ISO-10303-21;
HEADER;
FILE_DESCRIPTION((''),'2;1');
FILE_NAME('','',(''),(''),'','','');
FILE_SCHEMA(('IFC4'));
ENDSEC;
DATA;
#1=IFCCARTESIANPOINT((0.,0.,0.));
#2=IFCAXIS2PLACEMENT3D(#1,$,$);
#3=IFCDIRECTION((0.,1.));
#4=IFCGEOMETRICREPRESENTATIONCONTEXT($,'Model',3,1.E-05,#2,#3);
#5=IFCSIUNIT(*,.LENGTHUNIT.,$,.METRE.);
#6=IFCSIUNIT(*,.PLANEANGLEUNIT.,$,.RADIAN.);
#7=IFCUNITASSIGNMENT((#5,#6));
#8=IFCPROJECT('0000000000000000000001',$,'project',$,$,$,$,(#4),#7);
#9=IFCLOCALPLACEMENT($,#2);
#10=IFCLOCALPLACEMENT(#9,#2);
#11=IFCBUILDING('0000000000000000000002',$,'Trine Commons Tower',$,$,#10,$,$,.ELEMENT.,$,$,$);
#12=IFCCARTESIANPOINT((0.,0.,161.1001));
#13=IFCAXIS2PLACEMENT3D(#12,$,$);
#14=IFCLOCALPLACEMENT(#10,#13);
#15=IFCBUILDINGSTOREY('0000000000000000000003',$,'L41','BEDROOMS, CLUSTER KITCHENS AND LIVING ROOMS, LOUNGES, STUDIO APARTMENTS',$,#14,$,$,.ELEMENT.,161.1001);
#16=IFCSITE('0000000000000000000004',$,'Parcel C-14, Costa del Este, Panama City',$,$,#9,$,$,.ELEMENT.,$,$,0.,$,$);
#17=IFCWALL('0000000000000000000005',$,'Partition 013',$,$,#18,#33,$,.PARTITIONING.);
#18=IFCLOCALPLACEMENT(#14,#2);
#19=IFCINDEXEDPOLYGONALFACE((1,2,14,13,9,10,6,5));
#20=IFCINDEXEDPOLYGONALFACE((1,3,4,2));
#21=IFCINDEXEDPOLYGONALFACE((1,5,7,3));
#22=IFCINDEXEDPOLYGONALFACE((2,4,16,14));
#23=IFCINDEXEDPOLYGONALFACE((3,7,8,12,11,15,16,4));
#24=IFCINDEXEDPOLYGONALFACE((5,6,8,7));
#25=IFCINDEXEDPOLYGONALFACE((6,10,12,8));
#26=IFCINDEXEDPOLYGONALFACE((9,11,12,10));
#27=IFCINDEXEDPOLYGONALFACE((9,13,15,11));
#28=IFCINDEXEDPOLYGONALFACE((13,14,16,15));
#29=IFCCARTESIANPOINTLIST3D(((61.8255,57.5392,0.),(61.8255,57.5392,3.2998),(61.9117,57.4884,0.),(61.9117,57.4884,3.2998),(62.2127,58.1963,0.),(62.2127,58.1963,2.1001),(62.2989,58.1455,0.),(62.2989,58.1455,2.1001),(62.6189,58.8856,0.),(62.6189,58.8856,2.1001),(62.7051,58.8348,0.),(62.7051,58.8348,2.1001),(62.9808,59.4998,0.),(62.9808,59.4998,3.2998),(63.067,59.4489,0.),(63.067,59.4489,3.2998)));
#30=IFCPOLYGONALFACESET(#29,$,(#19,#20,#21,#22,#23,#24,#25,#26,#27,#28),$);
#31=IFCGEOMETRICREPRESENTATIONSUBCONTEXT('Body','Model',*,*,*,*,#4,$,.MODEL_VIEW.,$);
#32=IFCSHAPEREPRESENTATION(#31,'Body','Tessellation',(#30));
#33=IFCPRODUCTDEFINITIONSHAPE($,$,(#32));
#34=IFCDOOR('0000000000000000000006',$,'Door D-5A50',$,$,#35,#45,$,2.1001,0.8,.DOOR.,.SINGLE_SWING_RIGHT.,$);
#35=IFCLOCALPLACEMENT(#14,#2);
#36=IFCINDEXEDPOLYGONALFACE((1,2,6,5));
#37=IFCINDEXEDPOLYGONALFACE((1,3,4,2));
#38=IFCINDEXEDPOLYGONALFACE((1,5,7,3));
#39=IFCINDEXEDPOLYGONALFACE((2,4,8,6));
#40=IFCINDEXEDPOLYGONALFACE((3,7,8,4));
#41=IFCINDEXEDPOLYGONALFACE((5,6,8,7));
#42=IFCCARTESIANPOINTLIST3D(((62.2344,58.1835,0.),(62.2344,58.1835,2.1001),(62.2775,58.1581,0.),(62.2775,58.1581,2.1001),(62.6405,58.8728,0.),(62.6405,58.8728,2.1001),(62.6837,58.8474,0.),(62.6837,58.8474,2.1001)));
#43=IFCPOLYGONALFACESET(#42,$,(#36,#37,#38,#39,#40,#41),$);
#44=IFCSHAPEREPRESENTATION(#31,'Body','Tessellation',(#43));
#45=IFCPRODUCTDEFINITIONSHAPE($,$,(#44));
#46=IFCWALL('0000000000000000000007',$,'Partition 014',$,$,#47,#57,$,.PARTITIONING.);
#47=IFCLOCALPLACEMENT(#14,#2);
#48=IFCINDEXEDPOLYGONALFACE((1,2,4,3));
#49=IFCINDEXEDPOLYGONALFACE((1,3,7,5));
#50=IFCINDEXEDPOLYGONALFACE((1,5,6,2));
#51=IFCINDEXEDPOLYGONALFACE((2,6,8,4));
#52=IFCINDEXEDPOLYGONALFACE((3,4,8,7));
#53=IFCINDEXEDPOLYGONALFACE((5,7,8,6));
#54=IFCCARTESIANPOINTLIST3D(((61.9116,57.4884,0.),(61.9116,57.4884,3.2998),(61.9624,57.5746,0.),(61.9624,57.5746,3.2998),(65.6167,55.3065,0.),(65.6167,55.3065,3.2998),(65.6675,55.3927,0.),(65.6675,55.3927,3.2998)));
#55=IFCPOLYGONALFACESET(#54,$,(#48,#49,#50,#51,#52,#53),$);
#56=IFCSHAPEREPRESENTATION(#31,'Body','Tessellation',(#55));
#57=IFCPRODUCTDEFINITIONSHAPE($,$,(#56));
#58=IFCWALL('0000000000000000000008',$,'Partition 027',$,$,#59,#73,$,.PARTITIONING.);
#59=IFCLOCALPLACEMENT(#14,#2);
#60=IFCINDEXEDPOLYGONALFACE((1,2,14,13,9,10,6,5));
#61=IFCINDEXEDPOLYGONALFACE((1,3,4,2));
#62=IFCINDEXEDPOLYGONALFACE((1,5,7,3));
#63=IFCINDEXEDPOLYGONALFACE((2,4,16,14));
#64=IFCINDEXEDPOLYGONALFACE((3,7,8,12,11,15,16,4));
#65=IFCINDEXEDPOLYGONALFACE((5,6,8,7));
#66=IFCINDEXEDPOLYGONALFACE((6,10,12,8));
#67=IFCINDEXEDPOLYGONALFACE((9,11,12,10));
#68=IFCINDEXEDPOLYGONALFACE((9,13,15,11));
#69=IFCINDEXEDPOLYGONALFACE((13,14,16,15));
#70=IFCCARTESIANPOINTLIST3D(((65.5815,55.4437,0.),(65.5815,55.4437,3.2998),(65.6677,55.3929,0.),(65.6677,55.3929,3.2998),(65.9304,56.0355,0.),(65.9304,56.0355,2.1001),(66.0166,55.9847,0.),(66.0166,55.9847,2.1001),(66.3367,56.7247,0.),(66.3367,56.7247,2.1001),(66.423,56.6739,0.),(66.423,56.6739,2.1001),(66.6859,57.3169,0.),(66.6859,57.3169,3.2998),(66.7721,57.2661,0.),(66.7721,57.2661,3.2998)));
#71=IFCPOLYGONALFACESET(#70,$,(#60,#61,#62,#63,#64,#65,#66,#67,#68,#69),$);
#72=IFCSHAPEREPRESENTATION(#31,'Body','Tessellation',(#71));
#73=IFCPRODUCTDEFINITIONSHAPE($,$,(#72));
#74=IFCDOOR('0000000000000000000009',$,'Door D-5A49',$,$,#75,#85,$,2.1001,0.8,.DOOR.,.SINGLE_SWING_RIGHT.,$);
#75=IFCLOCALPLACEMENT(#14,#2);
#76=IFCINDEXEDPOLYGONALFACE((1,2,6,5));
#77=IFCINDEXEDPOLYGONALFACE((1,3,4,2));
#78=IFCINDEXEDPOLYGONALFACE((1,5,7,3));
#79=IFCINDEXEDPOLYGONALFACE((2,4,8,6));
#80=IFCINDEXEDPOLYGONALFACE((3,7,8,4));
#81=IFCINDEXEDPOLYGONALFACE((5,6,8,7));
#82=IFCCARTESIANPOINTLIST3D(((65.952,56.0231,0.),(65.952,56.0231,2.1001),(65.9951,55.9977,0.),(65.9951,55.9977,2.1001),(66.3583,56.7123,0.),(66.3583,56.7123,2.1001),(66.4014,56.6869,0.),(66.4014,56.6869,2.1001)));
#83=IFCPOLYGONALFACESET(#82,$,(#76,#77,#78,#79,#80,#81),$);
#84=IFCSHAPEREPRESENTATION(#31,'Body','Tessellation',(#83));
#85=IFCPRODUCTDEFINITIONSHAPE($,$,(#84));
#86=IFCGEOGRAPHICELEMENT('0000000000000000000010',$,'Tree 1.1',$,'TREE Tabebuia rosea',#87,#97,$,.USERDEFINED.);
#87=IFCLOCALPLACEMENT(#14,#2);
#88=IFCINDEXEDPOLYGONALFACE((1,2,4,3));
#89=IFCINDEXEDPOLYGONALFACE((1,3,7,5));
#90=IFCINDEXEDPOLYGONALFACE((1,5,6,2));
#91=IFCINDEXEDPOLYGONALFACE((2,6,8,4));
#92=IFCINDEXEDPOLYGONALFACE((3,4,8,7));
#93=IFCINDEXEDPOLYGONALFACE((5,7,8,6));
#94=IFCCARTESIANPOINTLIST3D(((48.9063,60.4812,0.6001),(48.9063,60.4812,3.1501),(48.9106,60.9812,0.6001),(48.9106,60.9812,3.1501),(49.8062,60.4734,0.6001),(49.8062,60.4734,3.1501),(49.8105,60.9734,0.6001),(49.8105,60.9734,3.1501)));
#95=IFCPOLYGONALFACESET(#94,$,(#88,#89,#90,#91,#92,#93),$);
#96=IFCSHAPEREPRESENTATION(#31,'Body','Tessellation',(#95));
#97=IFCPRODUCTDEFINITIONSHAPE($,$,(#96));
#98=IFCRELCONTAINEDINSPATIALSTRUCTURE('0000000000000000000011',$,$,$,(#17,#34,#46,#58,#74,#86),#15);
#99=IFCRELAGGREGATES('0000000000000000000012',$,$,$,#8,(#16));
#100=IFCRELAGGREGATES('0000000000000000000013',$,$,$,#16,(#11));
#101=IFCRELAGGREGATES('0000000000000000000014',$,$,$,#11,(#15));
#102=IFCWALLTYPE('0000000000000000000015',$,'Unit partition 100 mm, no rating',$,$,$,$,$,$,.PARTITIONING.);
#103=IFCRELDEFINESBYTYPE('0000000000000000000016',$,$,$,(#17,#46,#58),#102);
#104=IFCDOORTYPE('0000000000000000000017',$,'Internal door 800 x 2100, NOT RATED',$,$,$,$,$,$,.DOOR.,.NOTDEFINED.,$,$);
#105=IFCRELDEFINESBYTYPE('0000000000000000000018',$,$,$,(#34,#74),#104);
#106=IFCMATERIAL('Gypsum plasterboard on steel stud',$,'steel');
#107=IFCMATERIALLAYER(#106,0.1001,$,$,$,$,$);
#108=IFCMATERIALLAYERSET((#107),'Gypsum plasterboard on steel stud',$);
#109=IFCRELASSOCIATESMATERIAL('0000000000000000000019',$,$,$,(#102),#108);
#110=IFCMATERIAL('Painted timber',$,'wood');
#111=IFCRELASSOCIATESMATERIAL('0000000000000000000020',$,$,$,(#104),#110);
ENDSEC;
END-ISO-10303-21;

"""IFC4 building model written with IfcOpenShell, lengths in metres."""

from ifc_helpers import new_model, si_unit, direction, frame, frame_2d, origin, origin_2d, place, context, subcontext, project, spatial, rectangle, extrude, material, layer, layer_set, type_object, element, fill, save


model = new_model("IFC4")

# Units and contexts
model_context = context("Model", 3, precision=1e-05, world=origin(), true_north=direction((0.0, 1.0)))
body_context = subcontext(model_context, "Body", "Model", "MODEL_VIEW")
ifc_project = project(units=[si_unit("LENGTHUNIT", "METRE"), si_unit("PLANEANGLEUNIT", "RADIAN")], contexts=[model_context])

# Site, building, storey
site_placement = place(None, origin())
site = spatial("IfcSite", under=ifc_project, at=site_placement, Name="Parcel C-14, Costa del Este, Panama City", CompositionType="ELEMENT", RefElevation=0.0)
building_placement = place(site_placement, origin())
building = spatial("IfcBuilding", under=site, at=building_placement, Name="Trine Commons Tower", CompositionType="ELEMENT")
storey_placement = place(building_placement, frame((0.0, 0.0, 161.1001)))
storey = spatial("IfcBuildingStorey", under=building, at=storey_placement, Name="L41", Description="BEDROOMS, CLUSTER KITCHENS AND LIVING ROOMS, LOUNGES, STUDIO APARTMENTS", CompositionType="ELEMENT", Elevation=161.1001)

# Shared definitions
ifc_material_1 = material(Name="Gypsum plasterboard on steel stud", Category="steel")

# Shared definitions
ifc_material_2 = material(Name="Painted timber", Category="wood")

# Wall, opening, door
ifc_layer_1 = layer(ifc_material_1, 0.1001)
ifc_layer_set_1 = layer_set([ifc_layer_1], Name="Gypsum plasterboard on steel stud")
wall_type_1 = type_object("IfcWallType", Name="Unit partition 100 mm, no rating", PredefinedType="PARTITIONING", material=ifc_layer_set_1)
wall_1_placement = place(storey_placement, frame((61.8687, 57.5139, 0.0), z_axis=(0.0, 0.0, 1.0), x_axis=(0.507695, 0.861537, 0.0)))
wall_1 = element("IfcWall", 1, at=wall_1_placement, inside=storey, type_object=wall_type_1, Name="Partition 013", PredefinedType="PARTITIONING", context=body_context, shape_type="SweptSolid", body=[
    extrude(rectangle(XDim=2.2756, YDim=0.1001, at=frame_2d((1.1377, 0.0))), origin(), (0.0, 0.0, 1.0), 3.2998),
])
opening_1_placement = place(wall_1_placement, frame((0.7627, 0.0, 0.0)))
opening_1 = element("IfcOpeningElement", 2, at=opening_1_placement, cuts=wall_1, PredefinedType="OPENING", context=body_context, shape_type="SweptSolid", body=[
    extrude(rectangle(XDim=0.8, YDim=2.1001, at=frame_2d((0.3999, 1.05))), frame((0.0, 0.0601, 0.0), z_axis=(0.0, -1.0, 0.0), x_axis=(1.0, 0.0, 0.0)), (0.0, 0.0, 1.0), 0.1201),
])
door_type_1 = type_object("IfcDoorType", Name="Internal door 800 x 2100, NOT RATED", OperationType="NOTDEFINED", PredefinedType="DOOR", material=ifc_material_2)
door_1_placement = place(opening_1_placement, origin())
door_1 = element("IfcDoor", 3, at=door_1_placement, inside=storey, type_object=door_type_1, Name="Door D-5A50", OperationType="SINGLE_SWING_RIGHT", OverallHeight=2.1001, OverallWidth=0.8, PredefinedType="DOOR", context=body_context, shape_type="SweptSolid", body=[
    extrude(rectangle(XDim=0.8, YDim=2.1001, at=frame_2d((0.3999, 1.05))), frame((0.0, 0.0249, 0.0), z_axis=(0.0, -1.0, 0.0), x_axis=(1.0, 0.0, 0.0)), (0.0, 0.0, 1.0), 0.05),
])
fill(opening_1, door_1)

# Wall
wall_2_placement = place(storey_placement, frame((61.937, 57.5315, 0.0), z_axis=(0.0, 0.0, 1.0), x_axis=(0.861687, -0.507439, 0.0)))
element("IfcWall", 4, at=wall_2_placement, inside=storey, type_object=wall_type_1, Name="Partition 014", PredefinedType="PARTITIONING", context=body_context, shape_type="SweptSolid", body=[
    extrude(rectangle(XDim=4.2998, YDim=0.1001, at=frame_2d((2.1499, 0.0))), origin(), (0.0, 0.0, 1.0), 3.2998),
])

# Wall, opening, door
wall_3_placement = place(storey_placement, frame((65.6245, 55.4182, 0.0), z_axis=(0.0, 0.0, 1.0), x_axis=(0.507893, 0.86142, 0.0)))
wall_3 = element("IfcWall", 5, at=wall_3_placement, inside=storey, type_object=wall_type_1, Name="Partition 027", PredefinedType="PARTITIONING", context=body_context, shape_type="SweptSolid", body=[
    extrude(rectangle(XDim=2.1746, YDim=0.1001, at=frame_2d((1.0874, 0.0))), origin(), (0.0, 0.0, 1.0), 3.2998),
])
opening_2_placement = place(wall_3_placement, frame((0.6873, 0.0, 0.0)))
opening_2 = element("IfcOpeningElement", 6, at=opening_2_placement, cuts=wall_3, PredefinedType="OPENING", context=body_context, shape_type="SweptSolid", body=[
    extrude(rectangle(XDim=0.8, YDim=2.1001, at=frame_2d((0.3999, 1.05))), frame((0.0, 0.0601, 0.0), z_axis=(0.0, -1.0, 0.0), x_axis=(1.0, 0.0, 0.0)), (0.0, 0.0, 1.0), 0.1201),
])
door_2_placement = place(opening_2_placement, frame((0.8, 0.0, 0.0), z_axis=(0.0, 0.0, 1.0), x_axis=(-1.0, 0.0, 0.0)))
door_2 = element("IfcDoor", 7, at=door_2_placement, inside=storey, type_object=door_type_1, Name="Door D-5A49", OperationType="SINGLE_SWING_RIGHT", OverallHeight=2.1001, OverallWidth=0.8, PredefinedType="DOOR", context=body_context, shape_type="SweptSolid", body=[
    extrude(rectangle(XDim=0.8, YDim=2.1001, at=frame_2d((0.3999, 1.05))), frame((0.0, 0.0249, 0.0), z_axis=(0.0, -1.0, 0.0), x_axis=(1.0, 0.0, 0.0)), (0.0, 0.0, 1.0), 0.05),
])
fill(opening_2, door_2)

# Geographic element
geographic_element_placement = place(storey_placement, frame((49.3584, 60.7273, 0.6001), z_axis=(0.0, 0.0, 1.0), x_axis=(0.999962, -0.008727, 0.0)))
element("IfcGeographicElement", 8, at=geographic_element_placement, inside=storey, Name="Tree 1.1", ObjectType="TREE Tabebuia rosea", PredefinedType="USERDEFINED", context=body_context, shape_type="SweptSolid", body=[
    extrude(rectangle(XDim=0.8999, YDim=0.5, at=origin_2d()), origin(), (0.0, 0.0, 1.0), 2.55),
])

save(model, "model.ifc")
